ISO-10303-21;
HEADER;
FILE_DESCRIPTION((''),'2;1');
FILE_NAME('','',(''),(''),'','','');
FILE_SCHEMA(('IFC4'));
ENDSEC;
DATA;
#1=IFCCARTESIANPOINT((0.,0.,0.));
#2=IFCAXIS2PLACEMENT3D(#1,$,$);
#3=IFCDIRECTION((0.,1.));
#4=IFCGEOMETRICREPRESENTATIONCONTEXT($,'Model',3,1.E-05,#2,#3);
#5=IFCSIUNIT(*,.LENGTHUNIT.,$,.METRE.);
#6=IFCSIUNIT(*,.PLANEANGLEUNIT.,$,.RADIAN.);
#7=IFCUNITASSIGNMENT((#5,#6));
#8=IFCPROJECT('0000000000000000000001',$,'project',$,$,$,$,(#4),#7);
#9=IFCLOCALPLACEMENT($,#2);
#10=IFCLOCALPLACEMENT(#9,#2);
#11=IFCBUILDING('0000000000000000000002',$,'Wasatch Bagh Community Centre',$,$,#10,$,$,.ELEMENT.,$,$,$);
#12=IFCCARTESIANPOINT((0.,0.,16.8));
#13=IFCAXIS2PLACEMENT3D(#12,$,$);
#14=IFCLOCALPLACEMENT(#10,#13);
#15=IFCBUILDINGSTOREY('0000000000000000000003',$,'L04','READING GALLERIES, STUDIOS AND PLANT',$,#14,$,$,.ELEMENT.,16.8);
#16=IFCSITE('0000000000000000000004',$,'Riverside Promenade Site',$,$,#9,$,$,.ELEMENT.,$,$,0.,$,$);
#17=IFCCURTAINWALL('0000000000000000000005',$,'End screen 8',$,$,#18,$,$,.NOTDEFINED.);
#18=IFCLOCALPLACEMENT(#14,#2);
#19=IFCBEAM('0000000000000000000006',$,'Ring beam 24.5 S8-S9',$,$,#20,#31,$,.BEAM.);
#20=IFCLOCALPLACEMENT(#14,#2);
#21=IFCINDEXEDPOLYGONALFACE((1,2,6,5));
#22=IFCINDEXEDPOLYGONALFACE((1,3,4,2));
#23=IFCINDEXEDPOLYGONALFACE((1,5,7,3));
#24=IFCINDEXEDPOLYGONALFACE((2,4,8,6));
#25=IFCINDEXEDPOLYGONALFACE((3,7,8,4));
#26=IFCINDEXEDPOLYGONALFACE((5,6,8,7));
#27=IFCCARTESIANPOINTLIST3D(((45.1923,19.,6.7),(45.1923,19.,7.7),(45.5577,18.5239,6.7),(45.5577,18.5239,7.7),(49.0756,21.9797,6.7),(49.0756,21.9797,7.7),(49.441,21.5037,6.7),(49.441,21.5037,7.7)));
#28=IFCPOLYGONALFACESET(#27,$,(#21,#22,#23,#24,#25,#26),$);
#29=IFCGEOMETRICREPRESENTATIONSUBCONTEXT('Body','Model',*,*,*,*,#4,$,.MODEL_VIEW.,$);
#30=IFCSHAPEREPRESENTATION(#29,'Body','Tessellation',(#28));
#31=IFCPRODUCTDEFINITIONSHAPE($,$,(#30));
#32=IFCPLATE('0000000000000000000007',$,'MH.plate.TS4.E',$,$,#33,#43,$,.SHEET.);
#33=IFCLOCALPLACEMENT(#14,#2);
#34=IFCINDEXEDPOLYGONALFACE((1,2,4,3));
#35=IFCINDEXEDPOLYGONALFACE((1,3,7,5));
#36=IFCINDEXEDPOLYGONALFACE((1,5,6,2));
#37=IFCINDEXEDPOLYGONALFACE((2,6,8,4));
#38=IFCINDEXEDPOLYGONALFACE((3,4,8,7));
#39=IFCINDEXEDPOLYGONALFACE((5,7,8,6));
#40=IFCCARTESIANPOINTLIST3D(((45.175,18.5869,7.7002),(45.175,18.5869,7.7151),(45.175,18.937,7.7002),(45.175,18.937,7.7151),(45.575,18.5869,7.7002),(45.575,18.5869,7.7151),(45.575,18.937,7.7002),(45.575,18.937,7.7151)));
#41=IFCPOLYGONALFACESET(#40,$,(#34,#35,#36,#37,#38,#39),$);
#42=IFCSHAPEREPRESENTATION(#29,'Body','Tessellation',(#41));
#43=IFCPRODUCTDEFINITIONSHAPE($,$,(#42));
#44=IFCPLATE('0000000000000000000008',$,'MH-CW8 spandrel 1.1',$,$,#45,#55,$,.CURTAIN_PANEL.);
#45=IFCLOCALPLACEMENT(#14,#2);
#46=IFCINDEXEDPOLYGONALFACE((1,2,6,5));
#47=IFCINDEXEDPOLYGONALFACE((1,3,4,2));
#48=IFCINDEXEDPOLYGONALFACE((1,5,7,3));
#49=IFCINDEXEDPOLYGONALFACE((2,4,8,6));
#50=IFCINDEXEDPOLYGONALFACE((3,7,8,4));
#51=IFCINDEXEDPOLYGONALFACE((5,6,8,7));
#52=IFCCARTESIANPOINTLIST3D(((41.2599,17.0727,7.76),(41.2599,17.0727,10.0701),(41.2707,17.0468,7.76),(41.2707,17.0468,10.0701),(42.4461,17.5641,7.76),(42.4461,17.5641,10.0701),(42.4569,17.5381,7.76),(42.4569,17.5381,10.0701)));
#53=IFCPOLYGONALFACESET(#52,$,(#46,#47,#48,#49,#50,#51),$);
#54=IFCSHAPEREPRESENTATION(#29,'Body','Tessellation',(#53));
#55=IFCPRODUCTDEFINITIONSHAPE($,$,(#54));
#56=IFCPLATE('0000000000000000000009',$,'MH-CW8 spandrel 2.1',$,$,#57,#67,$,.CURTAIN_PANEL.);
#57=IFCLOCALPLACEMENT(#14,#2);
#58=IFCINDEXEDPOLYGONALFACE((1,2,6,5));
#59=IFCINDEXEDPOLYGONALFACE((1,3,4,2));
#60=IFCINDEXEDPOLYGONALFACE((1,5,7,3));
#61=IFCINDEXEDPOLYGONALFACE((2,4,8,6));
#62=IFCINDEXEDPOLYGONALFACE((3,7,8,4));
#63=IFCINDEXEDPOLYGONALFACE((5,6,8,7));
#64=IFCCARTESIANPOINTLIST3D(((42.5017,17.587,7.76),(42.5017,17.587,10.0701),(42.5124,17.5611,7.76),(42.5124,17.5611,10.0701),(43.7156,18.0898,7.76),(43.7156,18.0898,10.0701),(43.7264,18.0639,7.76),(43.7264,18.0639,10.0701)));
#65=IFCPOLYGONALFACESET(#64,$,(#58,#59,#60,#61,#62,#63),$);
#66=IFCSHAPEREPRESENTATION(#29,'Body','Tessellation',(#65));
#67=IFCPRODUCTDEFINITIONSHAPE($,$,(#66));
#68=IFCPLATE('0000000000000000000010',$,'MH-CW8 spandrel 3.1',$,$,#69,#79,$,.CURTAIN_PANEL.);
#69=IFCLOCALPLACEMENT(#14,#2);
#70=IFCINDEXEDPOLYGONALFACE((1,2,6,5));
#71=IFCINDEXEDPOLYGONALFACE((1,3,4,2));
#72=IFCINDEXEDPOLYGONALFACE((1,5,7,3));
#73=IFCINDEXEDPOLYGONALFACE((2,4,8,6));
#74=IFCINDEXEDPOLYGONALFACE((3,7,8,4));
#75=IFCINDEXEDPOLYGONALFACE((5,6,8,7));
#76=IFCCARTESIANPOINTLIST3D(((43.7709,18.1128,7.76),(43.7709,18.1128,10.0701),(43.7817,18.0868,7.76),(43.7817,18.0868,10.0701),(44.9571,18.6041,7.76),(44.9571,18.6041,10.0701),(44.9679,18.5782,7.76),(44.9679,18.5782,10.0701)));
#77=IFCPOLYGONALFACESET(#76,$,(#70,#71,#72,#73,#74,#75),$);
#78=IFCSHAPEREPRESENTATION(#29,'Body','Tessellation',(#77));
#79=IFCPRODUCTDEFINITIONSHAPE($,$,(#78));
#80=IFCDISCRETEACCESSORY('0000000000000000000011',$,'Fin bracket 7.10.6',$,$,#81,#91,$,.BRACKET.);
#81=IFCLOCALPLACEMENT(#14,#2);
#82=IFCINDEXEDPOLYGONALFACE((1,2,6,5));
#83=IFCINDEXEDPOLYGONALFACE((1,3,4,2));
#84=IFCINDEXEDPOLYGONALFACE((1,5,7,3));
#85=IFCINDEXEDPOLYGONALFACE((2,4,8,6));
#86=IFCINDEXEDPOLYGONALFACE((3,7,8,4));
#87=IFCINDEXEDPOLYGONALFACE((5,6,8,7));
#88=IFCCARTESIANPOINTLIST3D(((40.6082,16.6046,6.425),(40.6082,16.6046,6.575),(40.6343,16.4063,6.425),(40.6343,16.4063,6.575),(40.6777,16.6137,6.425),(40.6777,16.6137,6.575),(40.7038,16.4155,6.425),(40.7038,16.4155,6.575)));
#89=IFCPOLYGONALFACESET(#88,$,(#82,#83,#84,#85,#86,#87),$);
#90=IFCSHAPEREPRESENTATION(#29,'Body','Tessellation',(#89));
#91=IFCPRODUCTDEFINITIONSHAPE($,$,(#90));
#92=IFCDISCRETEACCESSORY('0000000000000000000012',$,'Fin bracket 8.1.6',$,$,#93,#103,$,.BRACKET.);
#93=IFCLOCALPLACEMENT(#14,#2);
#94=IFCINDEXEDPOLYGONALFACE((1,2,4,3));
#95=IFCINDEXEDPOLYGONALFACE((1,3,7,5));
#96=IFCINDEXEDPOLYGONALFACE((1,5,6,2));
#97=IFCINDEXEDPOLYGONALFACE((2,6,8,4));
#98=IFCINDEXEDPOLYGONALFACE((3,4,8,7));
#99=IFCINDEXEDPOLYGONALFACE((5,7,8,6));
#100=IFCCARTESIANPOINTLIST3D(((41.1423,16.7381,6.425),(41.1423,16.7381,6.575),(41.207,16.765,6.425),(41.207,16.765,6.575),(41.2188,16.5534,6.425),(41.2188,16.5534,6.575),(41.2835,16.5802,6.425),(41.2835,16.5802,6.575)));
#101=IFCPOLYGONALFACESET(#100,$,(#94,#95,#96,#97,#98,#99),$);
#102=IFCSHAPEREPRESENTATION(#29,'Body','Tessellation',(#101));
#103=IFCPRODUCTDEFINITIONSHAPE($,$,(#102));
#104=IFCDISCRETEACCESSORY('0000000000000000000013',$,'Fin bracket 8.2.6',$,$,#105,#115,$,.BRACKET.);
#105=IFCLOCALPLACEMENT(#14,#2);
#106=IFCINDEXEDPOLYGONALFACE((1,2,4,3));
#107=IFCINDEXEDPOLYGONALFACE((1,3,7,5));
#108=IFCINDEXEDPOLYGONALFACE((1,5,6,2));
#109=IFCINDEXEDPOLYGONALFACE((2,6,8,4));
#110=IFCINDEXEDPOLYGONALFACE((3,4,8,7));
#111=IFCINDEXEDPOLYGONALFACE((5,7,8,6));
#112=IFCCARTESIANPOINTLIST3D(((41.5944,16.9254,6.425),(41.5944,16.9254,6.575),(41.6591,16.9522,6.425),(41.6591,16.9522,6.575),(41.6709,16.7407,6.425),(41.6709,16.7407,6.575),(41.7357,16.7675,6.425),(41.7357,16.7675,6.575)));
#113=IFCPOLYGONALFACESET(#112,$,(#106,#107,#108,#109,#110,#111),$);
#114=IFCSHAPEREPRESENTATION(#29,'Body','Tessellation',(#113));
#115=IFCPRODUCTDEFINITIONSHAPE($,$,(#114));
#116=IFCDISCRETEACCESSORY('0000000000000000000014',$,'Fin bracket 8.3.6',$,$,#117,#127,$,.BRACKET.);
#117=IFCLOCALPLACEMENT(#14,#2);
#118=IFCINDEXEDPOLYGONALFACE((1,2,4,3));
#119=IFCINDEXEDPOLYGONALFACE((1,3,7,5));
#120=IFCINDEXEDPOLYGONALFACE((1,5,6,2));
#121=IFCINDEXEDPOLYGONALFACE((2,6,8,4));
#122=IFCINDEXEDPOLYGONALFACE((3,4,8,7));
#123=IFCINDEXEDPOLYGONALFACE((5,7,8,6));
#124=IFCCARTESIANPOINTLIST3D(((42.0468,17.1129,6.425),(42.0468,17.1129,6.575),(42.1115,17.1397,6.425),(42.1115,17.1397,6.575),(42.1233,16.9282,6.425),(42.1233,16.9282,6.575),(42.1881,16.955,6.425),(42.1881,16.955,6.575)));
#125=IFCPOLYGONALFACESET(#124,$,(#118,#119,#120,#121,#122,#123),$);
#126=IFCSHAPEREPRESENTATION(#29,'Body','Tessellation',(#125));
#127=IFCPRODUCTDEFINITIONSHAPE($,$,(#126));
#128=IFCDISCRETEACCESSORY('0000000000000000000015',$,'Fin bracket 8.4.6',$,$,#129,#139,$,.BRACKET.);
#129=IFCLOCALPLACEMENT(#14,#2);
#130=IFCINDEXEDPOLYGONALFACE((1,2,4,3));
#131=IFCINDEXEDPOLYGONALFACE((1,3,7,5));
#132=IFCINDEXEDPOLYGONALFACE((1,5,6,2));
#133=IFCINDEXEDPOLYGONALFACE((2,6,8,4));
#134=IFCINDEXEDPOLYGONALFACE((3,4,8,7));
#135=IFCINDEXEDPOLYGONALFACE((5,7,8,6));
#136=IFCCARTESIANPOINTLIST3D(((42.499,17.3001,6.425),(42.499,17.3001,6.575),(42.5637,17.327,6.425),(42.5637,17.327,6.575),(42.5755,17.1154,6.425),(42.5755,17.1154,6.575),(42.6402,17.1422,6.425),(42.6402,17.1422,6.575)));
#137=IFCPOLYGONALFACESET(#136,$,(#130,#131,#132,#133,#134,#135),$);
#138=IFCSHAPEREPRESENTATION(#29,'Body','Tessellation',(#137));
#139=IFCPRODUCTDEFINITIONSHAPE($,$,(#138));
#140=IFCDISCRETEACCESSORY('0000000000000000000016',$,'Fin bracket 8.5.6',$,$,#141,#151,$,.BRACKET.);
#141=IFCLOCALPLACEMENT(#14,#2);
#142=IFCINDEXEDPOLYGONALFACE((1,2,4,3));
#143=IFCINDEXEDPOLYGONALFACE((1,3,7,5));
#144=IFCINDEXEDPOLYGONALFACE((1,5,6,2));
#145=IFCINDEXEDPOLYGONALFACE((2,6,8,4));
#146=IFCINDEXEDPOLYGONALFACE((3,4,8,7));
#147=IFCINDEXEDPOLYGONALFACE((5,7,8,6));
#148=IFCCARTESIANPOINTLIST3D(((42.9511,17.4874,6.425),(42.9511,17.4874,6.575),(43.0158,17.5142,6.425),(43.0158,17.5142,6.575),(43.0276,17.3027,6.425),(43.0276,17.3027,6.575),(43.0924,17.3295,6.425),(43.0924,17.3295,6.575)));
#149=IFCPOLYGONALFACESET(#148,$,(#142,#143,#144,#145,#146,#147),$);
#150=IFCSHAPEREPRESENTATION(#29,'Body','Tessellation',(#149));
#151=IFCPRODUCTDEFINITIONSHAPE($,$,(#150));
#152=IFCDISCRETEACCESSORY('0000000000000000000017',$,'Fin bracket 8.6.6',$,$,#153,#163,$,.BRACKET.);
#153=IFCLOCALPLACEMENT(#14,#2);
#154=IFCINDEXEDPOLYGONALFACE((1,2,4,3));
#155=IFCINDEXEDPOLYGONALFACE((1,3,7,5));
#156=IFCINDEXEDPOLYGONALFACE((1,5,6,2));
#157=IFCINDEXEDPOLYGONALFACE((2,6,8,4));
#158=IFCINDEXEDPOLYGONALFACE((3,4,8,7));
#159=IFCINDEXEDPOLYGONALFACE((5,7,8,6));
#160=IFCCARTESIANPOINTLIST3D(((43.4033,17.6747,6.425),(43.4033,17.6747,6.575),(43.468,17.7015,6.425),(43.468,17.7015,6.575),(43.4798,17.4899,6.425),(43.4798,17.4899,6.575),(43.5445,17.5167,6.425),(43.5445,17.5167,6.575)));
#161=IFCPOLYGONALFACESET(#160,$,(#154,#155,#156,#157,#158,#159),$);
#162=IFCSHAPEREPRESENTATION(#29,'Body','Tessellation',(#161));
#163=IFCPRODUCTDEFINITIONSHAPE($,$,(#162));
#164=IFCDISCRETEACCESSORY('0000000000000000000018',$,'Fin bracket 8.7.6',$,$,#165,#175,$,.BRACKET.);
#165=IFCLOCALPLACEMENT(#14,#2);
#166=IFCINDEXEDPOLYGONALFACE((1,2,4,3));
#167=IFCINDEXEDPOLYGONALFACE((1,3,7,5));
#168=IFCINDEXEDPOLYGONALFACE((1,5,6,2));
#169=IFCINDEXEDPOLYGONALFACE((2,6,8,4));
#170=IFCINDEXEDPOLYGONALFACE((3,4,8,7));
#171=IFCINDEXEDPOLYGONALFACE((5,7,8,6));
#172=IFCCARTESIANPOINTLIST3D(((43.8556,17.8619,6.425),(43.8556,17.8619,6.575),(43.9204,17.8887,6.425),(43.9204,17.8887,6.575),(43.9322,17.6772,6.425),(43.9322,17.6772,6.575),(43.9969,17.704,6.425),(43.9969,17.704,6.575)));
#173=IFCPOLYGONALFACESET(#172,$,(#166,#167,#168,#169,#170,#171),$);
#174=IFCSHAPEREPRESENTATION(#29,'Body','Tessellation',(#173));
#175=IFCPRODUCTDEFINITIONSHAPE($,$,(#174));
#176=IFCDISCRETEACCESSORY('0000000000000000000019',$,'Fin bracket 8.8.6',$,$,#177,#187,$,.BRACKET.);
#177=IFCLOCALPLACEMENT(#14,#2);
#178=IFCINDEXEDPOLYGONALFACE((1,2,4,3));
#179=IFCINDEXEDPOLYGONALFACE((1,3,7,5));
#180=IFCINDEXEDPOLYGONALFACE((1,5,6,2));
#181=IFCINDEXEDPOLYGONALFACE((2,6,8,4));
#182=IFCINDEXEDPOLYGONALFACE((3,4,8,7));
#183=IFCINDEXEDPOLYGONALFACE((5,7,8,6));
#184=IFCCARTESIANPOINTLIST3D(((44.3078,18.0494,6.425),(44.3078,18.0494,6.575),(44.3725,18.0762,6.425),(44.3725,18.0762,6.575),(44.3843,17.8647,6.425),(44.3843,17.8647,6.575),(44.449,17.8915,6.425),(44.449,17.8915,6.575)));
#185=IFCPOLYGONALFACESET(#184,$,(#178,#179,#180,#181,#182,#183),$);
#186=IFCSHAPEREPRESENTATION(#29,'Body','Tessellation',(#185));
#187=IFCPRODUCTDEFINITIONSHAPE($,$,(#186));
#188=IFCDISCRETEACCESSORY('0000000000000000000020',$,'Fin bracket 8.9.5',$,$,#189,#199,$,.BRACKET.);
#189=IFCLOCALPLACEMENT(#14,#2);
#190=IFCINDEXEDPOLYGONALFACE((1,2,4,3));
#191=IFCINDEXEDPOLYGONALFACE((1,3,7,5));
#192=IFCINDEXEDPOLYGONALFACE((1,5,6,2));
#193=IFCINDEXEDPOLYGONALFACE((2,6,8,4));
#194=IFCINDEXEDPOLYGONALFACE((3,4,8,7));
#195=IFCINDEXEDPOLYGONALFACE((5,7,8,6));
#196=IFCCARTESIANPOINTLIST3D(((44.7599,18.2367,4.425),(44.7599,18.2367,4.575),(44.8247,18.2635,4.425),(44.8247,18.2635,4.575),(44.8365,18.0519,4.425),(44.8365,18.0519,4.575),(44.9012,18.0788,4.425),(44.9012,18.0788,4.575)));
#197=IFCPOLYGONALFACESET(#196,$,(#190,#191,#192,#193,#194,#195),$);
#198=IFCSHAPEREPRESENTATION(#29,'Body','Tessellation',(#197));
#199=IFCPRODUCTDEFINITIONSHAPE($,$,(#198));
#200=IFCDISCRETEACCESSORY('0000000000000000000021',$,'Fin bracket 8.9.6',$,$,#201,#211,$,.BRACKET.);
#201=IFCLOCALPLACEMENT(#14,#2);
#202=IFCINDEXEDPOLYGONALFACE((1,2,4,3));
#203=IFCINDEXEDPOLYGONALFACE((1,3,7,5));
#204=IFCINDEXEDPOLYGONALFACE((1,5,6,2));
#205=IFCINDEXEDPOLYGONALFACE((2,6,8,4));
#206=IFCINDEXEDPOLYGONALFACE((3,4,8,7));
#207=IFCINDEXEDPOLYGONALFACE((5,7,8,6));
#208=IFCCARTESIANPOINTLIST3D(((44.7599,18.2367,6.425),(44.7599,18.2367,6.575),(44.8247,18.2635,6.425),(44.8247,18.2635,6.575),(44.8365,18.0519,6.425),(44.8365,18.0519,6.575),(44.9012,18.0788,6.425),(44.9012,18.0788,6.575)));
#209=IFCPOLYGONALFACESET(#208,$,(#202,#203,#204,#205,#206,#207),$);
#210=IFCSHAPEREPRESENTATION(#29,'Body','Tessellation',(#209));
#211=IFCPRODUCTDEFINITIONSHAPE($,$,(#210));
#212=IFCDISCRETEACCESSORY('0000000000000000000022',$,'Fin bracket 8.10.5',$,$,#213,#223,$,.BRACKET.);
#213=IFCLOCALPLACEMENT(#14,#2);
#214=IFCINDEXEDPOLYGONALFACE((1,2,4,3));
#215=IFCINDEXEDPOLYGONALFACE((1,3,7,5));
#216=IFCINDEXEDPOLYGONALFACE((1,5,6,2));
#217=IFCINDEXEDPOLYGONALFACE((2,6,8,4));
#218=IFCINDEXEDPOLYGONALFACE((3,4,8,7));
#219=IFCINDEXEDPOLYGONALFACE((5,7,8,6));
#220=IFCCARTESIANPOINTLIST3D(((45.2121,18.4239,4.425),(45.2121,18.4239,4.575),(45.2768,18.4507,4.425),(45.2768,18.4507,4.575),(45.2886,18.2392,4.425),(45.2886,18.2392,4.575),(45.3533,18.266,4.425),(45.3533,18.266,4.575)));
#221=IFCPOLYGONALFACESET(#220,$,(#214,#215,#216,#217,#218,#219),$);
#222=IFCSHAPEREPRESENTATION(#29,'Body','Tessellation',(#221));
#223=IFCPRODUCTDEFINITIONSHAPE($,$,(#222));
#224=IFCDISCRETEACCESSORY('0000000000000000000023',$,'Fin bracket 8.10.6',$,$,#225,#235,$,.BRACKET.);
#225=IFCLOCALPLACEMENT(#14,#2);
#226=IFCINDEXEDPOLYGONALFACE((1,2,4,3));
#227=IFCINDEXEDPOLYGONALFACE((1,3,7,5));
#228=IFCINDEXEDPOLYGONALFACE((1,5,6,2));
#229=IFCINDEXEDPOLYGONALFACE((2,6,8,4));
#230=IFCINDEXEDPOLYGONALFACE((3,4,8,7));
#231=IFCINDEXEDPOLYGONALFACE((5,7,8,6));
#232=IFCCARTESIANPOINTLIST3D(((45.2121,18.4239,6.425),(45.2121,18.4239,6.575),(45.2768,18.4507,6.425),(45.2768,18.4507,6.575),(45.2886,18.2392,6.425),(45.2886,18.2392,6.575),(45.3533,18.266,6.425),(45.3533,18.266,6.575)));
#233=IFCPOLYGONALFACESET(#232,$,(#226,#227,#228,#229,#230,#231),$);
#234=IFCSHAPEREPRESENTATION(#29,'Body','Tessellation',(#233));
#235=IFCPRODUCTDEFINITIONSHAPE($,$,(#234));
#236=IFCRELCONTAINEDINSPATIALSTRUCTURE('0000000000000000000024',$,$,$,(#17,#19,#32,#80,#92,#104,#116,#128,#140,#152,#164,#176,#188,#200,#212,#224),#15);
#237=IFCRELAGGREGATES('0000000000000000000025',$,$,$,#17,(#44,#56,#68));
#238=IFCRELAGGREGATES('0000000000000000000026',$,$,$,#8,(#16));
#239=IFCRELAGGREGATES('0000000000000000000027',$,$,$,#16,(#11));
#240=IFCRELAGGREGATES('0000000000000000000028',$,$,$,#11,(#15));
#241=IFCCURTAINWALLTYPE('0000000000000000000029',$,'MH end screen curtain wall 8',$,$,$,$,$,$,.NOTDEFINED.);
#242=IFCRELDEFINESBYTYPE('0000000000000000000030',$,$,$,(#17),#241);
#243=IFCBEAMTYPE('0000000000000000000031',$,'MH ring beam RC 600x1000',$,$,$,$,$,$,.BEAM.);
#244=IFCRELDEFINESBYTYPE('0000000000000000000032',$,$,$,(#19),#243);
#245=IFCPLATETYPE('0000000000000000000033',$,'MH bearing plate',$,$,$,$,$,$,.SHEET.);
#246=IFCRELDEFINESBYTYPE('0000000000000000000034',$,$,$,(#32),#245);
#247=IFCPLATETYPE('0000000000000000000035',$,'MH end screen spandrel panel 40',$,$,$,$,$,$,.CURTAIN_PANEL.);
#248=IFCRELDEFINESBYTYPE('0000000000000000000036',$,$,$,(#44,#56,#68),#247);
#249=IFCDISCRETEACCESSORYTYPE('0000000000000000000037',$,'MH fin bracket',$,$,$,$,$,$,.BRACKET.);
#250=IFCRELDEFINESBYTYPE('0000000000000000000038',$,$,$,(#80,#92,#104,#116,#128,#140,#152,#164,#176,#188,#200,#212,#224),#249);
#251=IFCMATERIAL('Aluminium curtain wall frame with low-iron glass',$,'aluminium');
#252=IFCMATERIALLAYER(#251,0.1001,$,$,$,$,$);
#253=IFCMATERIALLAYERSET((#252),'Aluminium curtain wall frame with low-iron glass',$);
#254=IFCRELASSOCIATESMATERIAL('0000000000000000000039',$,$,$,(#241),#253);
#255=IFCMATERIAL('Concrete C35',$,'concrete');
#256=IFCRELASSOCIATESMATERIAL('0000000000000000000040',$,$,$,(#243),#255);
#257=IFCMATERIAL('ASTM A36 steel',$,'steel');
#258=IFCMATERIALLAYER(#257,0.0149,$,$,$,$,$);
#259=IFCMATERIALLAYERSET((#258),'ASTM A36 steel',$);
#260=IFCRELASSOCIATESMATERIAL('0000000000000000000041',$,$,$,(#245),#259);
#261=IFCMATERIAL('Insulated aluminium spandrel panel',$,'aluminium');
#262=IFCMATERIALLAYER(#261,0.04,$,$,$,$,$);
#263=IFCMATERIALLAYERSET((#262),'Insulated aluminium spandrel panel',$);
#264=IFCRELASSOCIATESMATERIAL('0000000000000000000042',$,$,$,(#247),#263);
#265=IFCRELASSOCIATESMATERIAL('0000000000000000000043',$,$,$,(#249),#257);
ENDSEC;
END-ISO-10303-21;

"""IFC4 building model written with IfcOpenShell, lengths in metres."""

from ifc_helpers import new_model, si_unit, direction, frame, origin, origin_2d, place, context, subcontext, project, spatial, rectangle, extrude, material, layer, layer_set, material_profile, profile_set, type_object, element, aggregate, save


model = new_model("IFC4")

# Units and contexts
model_context = context("Model", 3, precision=1e-05, world=origin(), true_north=direction((0.0, 1.0)))
body_context = subcontext(model_context, "Body", "Model", "MODEL_VIEW")
ifc_project = project(units=[si_unit("LENGTHUNIT", "METRE"), si_unit("PLANEANGLEUNIT", "RADIAN")], contexts=[model_context])

# Site, building, storey
site_placement = place(None, origin())
site = spatial("IfcSite", under=ifc_project, at=site_placement, Name="Riverside Promenade Site", CompositionType="ELEMENT", RefElevation=0.0)
building_placement = place(site_placement, origin())
building = spatial("IfcBuilding", under=site, at=building_placement, Name="Wasatch Bagh Community Centre", CompositionType="ELEMENT")
storey_placement = place(building_placement, frame((0.0, 0.0, 16.8)))
storey = spatial("IfcBuildingStorey", under=building, at=storey_placement, Name="L04", Description="READING GALLERIES, STUDIOS AND PLANT", CompositionType="ELEMENT", Elevation=16.8)

# Shared definitions
ifc_material_1 = material(Name="Aluminium curtain wall frame with low-iron glass", Category="aluminium")

# Curtain wall
ifc_layer_1 = layer(ifc_material_1, 0.1001)
ifc_layer_set_1 = layer_set([ifc_layer_1], Name="Aluminium curtain wall frame with low-iron glass")
curtain_wall_type_1 = type_object("IfcCurtainWallType", Name="MH end screen curtain wall 8", PredefinedType="NOTDEFINED", material=ifc_layer_set_1)
curtain_wall_1_placement = place(storey_placement, origin())
curtain_wall_1 = element("IfcCurtainWall", 1, at=curtain_wall_1_placement, inside=storey, type_object=curtain_wall_type_1, Name="End screen 8", PredefinedType="NOTDEFINED")

# Beam
ifc_material_2 = material(Name="Concrete C35", Category="concrete")
ifc_material_profile_1 = material_profile(ifc_material_2, rectangle(XDim=0.6001, YDim=1.0, at=origin_2d()), Name="RC 600x1000")
ifc_profile_set_1 = profile_set([ifc_material_profile_1], Name="Concrete C35")
beam_type = type_object("IfcBeamType", Name="MH ring beam RC 600x1000", PredefinedType="BEAM", material=ifc_profile_set_1)
for number, where, z_axis, x_axis, name in (
    (2, (45.375, 18.762, 7.2), (0.793356, 0.608758, 0.0), (-0.608758, 0.793356, 0.0), "Ring beam 24.5 S8-S9"),
):
    element("IfcBeam", number, at=place(storey_placement, frame(where, z_axis=z_axis, x_axis=x_axis)), inside=storey, type_object=beam_type, Name=name, PredefinedType="BEAM", context=body_context, shape_type="SweptSolid", body=[
        extrude(rectangle(XDim=0.6001, YDim=1.0, at=origin_2d()), origin(), (0.0, 0.0, 1.0), 4.8948),
    ])

# Plates
ifc_material_3 = material(Name="ASTM A36 steel", Category="steel")
ifc_layer_2 = layer(ifc_material_3, 0.0149)
ifc_layer_set_2 = layer_set([ifc_layer_2], Name="ASTM A36 steel")
plate_type_1 = type_object("IfcPlateType", Name="MH bearing plate", PredefinedType="SHEET", material=ifc_layer_set_2)
plate_1_placement = place(storey_placement, frame((45.375, 18.762, 7.7002), z_axis=(0.0, 0.0, 1.0), x_axis=(1.0, 0.0, 0.0)))
element("IfcPlate", 3, at=plate_1_placement, inside=storey, type_object=plate_type_1, Name="MH.plate.TS4.E", PredefinedType="SHEET", context=body_context, shape_type="SweptSolid", body=[
    extrude(rectangle(XDim=0.3999, YDim=0.3501, at=origin_2d()), origin(), (0.0, 0.0, 1.0), 0.0149),
])
ifc_material_4 = material(Name="Insulated aluminium spandrel panel", Category="aluminium")
ifc_layer_3 = layer(ifc_material_4, 0.04)
ifc_layer_set_3 = layer_set([ifc_layer_3], Name="Insulated aluminium spandrel panel")
plate_type_2 = type_object("IfcPlateType", Name="MH end screen spandrel panel 40", PredefinedType="CURTAIN_PANEL", material=ifc_layer_set_3)
plate_2_placement = place(storey_placement, frame((41.8584, 17.3054, 7.76), z_axis=(0.0, 0.0, 1.0), x_axis=(0.92388, 0.382683, 0.0)))
plate_2 = element("IfcPlate", 4, at=plate_2_placement, type_object=plate_type_2, Name="MH-CW8 spandrel 1.1", PredefinedType="CURTAIN_PANEL", context=body_context, shape_type="SweptSolid", body=[
    extrude(rectangle(XDim=1.2839, YDim=0.0281, at=origin_2d()), origin(), (0.0, 0.0, 1.0), 2.3101),
])
plate_3_placement = place(storey_placement, frame((43.114, 17.8254, 7.76), z_axis=(0.0, 0.0, 1.0), x_axis=(0.92388, 0.382683, 0.0)))
plate_3 = element("IfcPlate", 5, at=plate_3_placement, type_object=plate_type_2, Name="MH-CW8 spandrel 2.1", PredefinedType="CURTAIN_PANEL", context=body_context, shape_type="SweptSolid", body=[
    extrude(rectangle(XDim=1.314, YDim=0.0281, at=origin_2d()), origin(), (0.0, 0.0, 1.0), 2.3101),
])
plate_4_placement = place(storey_placement, frame((44.3694, 18.3455, 7.76), z_axis=(0.0, 0.0, 1.0), x_axis=(0.92388, 0.382683, 0.0)))
plate_4 = element("IfcPlate", 6, at=plate_4_placement, type_object=plate_type_2, Name="MH-CW8 spandrel 3.1", PredefinedType="CURTAIN_PANEL", context=body_context, shape_type="SweptSolid", body=[
    extrude(rectangle(XDim=1.2839, YDim=0.0281, at=origin_2d()), origin(), (0.0, 0.0, 1.0), 2.3101),
])
aggregate(curtain_wall_1, [plate_2, plate_3, plate_4])

# Discrete accessories
discrete_accessory_type = type_object("IfcDiscreteAccessoryType", Name="MH fin bracket", PredefinedType="BRACKET", material=ifc_material_3)
for number, where, z_axis, x_axis, name in (
    (7, (40.656, 16.51, 6.425), (0.0, 0.0, 1.0), (0.991445, 0.130526, 0.0), "Fin bracket 7.10.6"),
    (8, (41.2129, 16.6592, 6.425), (0.0, 0.0, 1.0), (0.92388, 0.382683, 0.0), "Fin bracket 8.1.6"),
    (9, (41.665, 16.8464, 6.425), (0.0, 0.0, 1.0), (0.92388, 0.382683, 0.0), "Fin bracket 8.2.6"),
    (10, (42.1174, 17.0339, 6.425), (0.0, 0.0, 1.0), (0.92388, 0.382683, 0.0), "Fin bracket 8.3.6"),
    (11, (42.5696, 17.2212, 6.425), (0.0, 0.0, 1.0), (0.92388, 0.382683, 0.0), "Fin bracket 8.4.6"),
    (12, (43.0217, 17.4084, 6.425), (0.0, 0.0, 1.0), (0.92388, 0.382683, 0.0), "Fin bracket 8.5.6"),
    (13, (43.4739, 17.5957, 6.425), (0.0, 0.0, 1.0), (0.92388, 0.382683, 0.0), "Fin bracket 8.6.6"),
    (14, (43.9263, 17.783, 6.425), (0.0, 0.0, 1.0), (0.92388, 0.382683, 0.0), "Fin bracket 8.7.6"),
    (15, (44.3784, 17.9705, 6.425), (0.0, 0.0, 1.0), (0.92388, 0.382683, 0.0), "Fin bracket 8.8.6"),
    (16, (44.8306, 18.1577, 4.425), (0.0, 0.0, 1.0), (0.92388, 0.382683, 0.0), "Fin bracket 8.9.5"),
    (17, (44.8306, 18.1577, 6.425), (0.0, 0.0, 1.0), (0.92388, 0.382683, 0.0), "Fin bracket 8.9.6"),
    (18, (45.2827, 18.345, 4.425), (0.0, 0.0, 1.0), (0.92388, 0.382683, 0.0), "Fin bracket 8.10.5"),
    (19, (45.2827, 18.345, 6.425), (0.0, 0.0, 1.0), (0.92388, 0.382683, 0.0), "Fin bracket 8.10.6"),
):
    element("IfcDiscreteAccessory", number, at=place(storey_placement, frame(where, z_axis=z_axis, x_axis=x_axis)), inside=storey, type_object=discrete_accessory_type, Name=name, PredefinedType="BRACKET", context=body_context, shape_type="SweptSolid", body=[
        extrude(rectangle(XDim=0.0701, YDim=0.2, at=origin_2d()), origin(), (0.0, 0.0, 1.0), 0.1499),
    ])

save(model, "model.ifc")
